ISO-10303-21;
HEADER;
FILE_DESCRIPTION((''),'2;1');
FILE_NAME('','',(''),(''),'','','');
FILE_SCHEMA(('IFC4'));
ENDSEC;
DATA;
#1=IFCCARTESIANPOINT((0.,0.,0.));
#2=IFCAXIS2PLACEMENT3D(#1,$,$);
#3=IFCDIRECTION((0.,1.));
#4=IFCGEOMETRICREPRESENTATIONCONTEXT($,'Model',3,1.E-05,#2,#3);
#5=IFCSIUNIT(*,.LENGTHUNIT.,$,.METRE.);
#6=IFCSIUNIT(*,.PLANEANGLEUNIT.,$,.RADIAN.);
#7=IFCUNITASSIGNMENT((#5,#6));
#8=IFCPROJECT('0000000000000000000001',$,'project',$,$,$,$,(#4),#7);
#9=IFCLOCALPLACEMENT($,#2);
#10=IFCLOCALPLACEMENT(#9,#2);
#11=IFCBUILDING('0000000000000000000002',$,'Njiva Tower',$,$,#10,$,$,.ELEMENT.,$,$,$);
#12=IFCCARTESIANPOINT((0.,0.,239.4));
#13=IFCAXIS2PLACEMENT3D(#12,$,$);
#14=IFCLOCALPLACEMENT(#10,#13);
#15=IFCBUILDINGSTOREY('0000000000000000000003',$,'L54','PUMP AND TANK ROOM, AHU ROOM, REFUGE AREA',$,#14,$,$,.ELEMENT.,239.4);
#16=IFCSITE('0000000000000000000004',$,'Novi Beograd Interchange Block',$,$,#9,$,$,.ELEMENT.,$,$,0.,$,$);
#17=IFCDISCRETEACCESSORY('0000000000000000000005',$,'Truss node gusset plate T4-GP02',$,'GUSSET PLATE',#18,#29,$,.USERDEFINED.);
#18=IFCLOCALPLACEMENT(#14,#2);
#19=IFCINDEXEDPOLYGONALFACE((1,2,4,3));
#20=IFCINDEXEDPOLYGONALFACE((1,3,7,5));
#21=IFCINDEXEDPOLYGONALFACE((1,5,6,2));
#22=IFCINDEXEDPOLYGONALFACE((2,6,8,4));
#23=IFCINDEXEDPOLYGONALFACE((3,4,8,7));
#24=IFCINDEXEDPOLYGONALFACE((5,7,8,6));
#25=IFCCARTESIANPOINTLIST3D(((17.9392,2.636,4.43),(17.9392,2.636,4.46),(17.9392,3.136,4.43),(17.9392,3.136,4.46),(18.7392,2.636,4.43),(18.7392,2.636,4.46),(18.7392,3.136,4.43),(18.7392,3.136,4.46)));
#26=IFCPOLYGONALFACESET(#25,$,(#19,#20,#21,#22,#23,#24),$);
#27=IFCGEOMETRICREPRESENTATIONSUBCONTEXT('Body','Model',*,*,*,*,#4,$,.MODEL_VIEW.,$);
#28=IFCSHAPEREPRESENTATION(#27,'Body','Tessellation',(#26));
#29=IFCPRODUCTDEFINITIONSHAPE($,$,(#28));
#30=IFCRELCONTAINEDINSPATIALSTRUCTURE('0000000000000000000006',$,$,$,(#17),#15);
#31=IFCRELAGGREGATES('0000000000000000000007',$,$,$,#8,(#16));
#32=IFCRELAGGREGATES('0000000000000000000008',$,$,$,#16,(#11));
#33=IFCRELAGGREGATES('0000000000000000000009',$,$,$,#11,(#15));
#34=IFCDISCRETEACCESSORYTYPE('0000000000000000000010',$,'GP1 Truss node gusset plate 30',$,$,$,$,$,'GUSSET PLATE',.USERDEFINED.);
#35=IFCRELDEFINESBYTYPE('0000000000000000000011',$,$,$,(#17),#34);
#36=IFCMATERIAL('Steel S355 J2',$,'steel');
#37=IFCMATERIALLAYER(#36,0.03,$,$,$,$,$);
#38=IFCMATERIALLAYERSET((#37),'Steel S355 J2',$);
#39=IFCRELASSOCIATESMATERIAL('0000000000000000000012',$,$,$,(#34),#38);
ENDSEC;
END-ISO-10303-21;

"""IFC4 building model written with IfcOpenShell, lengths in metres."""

from ifc_helpers import new_model, si_unit, direction, frame, origin, place, context, subcontext, project, spatial, polyline, outline, extrude, material, layer, layer_set, type_object, element, save


model = new_model("IFC4")

# Units and contexts
model_context = context("Model", 3, precision=1e-05, world=origin(), true_north=direction((0.0, 1.0)))
body_context = subcontext(model_context, "Body", "Model", "MODEL_VIEW")
ifc_project = project(units=[si_unit("LENGTHUNIT", "METRE"), si_unit("PLANEANGLEUNIT", "RADIAN")], contexts=[model_context])

# Site, building, storey
site_placement = place(None, origin())
site = spatial("IfcSite", under=ifc_project, at=site_placement, Name="Novi Beograd Interchange Block", CompositionType="ELEMENT", RefElevation=0.0)
building_placement = place(site_placement, origin())
building = spatial("IfcBuilding", under=site, at=building_placement, Name="Njiva Tower", CompositionType="ELEMENT")
storey_placement = place(building_placement, frame((0.0, 0.0, 239.4)))
storey = spatial("IfcBuildingStorey", under=building, at=storey_placement, Name="L54", Description="PUMP AND TANK ROOM, AHU ROOM, REFUGE AREA", CompositionType="ELEMENT", Elevation=239.4)

# Shared definitions
ifc_material_1 = material(Name="Steel S355 J2", Category="steel")

# Discrete accessory
ifc_layer_1 = layer(ifc_material_1, 0.03)
ifc_layer_set_1 = layer_set([ifc_layer_1], Name="Steel S355 J2")
discrete_accessory_type = type_object("IfcDiscreteAccessoryType", Name="GP1 Truss node gusset plate 30", ElementType="GUSSET PLATE", PredefinedType="USERDEFINED", material=ifc_layer_set_1)
discrete_accessory_placement = place(storey_placement, frame((18.3392, 2.886, 4.43)))
element("IfcDiscreteAccessory", 1, at=discrete_accessory_placement, inside=storey, type_object=discrete_accessory_type, Name="Truss node gusset plate T4-GP02", ObjectType="GUSSET PLATE", PredefinedType="USERDEFINED", context=body_context, shape_type="SweptSolid", body=[
    extrude(outline(polyline([(0.4, 0.25), (-0.4, 0.25), (-0.4, -0.25), (0.4, -0.25), (0.4, 0.25)])), origin(), (0.0, 0.0, 1.0), 0.03),
])

save(model, "model.ifc")
